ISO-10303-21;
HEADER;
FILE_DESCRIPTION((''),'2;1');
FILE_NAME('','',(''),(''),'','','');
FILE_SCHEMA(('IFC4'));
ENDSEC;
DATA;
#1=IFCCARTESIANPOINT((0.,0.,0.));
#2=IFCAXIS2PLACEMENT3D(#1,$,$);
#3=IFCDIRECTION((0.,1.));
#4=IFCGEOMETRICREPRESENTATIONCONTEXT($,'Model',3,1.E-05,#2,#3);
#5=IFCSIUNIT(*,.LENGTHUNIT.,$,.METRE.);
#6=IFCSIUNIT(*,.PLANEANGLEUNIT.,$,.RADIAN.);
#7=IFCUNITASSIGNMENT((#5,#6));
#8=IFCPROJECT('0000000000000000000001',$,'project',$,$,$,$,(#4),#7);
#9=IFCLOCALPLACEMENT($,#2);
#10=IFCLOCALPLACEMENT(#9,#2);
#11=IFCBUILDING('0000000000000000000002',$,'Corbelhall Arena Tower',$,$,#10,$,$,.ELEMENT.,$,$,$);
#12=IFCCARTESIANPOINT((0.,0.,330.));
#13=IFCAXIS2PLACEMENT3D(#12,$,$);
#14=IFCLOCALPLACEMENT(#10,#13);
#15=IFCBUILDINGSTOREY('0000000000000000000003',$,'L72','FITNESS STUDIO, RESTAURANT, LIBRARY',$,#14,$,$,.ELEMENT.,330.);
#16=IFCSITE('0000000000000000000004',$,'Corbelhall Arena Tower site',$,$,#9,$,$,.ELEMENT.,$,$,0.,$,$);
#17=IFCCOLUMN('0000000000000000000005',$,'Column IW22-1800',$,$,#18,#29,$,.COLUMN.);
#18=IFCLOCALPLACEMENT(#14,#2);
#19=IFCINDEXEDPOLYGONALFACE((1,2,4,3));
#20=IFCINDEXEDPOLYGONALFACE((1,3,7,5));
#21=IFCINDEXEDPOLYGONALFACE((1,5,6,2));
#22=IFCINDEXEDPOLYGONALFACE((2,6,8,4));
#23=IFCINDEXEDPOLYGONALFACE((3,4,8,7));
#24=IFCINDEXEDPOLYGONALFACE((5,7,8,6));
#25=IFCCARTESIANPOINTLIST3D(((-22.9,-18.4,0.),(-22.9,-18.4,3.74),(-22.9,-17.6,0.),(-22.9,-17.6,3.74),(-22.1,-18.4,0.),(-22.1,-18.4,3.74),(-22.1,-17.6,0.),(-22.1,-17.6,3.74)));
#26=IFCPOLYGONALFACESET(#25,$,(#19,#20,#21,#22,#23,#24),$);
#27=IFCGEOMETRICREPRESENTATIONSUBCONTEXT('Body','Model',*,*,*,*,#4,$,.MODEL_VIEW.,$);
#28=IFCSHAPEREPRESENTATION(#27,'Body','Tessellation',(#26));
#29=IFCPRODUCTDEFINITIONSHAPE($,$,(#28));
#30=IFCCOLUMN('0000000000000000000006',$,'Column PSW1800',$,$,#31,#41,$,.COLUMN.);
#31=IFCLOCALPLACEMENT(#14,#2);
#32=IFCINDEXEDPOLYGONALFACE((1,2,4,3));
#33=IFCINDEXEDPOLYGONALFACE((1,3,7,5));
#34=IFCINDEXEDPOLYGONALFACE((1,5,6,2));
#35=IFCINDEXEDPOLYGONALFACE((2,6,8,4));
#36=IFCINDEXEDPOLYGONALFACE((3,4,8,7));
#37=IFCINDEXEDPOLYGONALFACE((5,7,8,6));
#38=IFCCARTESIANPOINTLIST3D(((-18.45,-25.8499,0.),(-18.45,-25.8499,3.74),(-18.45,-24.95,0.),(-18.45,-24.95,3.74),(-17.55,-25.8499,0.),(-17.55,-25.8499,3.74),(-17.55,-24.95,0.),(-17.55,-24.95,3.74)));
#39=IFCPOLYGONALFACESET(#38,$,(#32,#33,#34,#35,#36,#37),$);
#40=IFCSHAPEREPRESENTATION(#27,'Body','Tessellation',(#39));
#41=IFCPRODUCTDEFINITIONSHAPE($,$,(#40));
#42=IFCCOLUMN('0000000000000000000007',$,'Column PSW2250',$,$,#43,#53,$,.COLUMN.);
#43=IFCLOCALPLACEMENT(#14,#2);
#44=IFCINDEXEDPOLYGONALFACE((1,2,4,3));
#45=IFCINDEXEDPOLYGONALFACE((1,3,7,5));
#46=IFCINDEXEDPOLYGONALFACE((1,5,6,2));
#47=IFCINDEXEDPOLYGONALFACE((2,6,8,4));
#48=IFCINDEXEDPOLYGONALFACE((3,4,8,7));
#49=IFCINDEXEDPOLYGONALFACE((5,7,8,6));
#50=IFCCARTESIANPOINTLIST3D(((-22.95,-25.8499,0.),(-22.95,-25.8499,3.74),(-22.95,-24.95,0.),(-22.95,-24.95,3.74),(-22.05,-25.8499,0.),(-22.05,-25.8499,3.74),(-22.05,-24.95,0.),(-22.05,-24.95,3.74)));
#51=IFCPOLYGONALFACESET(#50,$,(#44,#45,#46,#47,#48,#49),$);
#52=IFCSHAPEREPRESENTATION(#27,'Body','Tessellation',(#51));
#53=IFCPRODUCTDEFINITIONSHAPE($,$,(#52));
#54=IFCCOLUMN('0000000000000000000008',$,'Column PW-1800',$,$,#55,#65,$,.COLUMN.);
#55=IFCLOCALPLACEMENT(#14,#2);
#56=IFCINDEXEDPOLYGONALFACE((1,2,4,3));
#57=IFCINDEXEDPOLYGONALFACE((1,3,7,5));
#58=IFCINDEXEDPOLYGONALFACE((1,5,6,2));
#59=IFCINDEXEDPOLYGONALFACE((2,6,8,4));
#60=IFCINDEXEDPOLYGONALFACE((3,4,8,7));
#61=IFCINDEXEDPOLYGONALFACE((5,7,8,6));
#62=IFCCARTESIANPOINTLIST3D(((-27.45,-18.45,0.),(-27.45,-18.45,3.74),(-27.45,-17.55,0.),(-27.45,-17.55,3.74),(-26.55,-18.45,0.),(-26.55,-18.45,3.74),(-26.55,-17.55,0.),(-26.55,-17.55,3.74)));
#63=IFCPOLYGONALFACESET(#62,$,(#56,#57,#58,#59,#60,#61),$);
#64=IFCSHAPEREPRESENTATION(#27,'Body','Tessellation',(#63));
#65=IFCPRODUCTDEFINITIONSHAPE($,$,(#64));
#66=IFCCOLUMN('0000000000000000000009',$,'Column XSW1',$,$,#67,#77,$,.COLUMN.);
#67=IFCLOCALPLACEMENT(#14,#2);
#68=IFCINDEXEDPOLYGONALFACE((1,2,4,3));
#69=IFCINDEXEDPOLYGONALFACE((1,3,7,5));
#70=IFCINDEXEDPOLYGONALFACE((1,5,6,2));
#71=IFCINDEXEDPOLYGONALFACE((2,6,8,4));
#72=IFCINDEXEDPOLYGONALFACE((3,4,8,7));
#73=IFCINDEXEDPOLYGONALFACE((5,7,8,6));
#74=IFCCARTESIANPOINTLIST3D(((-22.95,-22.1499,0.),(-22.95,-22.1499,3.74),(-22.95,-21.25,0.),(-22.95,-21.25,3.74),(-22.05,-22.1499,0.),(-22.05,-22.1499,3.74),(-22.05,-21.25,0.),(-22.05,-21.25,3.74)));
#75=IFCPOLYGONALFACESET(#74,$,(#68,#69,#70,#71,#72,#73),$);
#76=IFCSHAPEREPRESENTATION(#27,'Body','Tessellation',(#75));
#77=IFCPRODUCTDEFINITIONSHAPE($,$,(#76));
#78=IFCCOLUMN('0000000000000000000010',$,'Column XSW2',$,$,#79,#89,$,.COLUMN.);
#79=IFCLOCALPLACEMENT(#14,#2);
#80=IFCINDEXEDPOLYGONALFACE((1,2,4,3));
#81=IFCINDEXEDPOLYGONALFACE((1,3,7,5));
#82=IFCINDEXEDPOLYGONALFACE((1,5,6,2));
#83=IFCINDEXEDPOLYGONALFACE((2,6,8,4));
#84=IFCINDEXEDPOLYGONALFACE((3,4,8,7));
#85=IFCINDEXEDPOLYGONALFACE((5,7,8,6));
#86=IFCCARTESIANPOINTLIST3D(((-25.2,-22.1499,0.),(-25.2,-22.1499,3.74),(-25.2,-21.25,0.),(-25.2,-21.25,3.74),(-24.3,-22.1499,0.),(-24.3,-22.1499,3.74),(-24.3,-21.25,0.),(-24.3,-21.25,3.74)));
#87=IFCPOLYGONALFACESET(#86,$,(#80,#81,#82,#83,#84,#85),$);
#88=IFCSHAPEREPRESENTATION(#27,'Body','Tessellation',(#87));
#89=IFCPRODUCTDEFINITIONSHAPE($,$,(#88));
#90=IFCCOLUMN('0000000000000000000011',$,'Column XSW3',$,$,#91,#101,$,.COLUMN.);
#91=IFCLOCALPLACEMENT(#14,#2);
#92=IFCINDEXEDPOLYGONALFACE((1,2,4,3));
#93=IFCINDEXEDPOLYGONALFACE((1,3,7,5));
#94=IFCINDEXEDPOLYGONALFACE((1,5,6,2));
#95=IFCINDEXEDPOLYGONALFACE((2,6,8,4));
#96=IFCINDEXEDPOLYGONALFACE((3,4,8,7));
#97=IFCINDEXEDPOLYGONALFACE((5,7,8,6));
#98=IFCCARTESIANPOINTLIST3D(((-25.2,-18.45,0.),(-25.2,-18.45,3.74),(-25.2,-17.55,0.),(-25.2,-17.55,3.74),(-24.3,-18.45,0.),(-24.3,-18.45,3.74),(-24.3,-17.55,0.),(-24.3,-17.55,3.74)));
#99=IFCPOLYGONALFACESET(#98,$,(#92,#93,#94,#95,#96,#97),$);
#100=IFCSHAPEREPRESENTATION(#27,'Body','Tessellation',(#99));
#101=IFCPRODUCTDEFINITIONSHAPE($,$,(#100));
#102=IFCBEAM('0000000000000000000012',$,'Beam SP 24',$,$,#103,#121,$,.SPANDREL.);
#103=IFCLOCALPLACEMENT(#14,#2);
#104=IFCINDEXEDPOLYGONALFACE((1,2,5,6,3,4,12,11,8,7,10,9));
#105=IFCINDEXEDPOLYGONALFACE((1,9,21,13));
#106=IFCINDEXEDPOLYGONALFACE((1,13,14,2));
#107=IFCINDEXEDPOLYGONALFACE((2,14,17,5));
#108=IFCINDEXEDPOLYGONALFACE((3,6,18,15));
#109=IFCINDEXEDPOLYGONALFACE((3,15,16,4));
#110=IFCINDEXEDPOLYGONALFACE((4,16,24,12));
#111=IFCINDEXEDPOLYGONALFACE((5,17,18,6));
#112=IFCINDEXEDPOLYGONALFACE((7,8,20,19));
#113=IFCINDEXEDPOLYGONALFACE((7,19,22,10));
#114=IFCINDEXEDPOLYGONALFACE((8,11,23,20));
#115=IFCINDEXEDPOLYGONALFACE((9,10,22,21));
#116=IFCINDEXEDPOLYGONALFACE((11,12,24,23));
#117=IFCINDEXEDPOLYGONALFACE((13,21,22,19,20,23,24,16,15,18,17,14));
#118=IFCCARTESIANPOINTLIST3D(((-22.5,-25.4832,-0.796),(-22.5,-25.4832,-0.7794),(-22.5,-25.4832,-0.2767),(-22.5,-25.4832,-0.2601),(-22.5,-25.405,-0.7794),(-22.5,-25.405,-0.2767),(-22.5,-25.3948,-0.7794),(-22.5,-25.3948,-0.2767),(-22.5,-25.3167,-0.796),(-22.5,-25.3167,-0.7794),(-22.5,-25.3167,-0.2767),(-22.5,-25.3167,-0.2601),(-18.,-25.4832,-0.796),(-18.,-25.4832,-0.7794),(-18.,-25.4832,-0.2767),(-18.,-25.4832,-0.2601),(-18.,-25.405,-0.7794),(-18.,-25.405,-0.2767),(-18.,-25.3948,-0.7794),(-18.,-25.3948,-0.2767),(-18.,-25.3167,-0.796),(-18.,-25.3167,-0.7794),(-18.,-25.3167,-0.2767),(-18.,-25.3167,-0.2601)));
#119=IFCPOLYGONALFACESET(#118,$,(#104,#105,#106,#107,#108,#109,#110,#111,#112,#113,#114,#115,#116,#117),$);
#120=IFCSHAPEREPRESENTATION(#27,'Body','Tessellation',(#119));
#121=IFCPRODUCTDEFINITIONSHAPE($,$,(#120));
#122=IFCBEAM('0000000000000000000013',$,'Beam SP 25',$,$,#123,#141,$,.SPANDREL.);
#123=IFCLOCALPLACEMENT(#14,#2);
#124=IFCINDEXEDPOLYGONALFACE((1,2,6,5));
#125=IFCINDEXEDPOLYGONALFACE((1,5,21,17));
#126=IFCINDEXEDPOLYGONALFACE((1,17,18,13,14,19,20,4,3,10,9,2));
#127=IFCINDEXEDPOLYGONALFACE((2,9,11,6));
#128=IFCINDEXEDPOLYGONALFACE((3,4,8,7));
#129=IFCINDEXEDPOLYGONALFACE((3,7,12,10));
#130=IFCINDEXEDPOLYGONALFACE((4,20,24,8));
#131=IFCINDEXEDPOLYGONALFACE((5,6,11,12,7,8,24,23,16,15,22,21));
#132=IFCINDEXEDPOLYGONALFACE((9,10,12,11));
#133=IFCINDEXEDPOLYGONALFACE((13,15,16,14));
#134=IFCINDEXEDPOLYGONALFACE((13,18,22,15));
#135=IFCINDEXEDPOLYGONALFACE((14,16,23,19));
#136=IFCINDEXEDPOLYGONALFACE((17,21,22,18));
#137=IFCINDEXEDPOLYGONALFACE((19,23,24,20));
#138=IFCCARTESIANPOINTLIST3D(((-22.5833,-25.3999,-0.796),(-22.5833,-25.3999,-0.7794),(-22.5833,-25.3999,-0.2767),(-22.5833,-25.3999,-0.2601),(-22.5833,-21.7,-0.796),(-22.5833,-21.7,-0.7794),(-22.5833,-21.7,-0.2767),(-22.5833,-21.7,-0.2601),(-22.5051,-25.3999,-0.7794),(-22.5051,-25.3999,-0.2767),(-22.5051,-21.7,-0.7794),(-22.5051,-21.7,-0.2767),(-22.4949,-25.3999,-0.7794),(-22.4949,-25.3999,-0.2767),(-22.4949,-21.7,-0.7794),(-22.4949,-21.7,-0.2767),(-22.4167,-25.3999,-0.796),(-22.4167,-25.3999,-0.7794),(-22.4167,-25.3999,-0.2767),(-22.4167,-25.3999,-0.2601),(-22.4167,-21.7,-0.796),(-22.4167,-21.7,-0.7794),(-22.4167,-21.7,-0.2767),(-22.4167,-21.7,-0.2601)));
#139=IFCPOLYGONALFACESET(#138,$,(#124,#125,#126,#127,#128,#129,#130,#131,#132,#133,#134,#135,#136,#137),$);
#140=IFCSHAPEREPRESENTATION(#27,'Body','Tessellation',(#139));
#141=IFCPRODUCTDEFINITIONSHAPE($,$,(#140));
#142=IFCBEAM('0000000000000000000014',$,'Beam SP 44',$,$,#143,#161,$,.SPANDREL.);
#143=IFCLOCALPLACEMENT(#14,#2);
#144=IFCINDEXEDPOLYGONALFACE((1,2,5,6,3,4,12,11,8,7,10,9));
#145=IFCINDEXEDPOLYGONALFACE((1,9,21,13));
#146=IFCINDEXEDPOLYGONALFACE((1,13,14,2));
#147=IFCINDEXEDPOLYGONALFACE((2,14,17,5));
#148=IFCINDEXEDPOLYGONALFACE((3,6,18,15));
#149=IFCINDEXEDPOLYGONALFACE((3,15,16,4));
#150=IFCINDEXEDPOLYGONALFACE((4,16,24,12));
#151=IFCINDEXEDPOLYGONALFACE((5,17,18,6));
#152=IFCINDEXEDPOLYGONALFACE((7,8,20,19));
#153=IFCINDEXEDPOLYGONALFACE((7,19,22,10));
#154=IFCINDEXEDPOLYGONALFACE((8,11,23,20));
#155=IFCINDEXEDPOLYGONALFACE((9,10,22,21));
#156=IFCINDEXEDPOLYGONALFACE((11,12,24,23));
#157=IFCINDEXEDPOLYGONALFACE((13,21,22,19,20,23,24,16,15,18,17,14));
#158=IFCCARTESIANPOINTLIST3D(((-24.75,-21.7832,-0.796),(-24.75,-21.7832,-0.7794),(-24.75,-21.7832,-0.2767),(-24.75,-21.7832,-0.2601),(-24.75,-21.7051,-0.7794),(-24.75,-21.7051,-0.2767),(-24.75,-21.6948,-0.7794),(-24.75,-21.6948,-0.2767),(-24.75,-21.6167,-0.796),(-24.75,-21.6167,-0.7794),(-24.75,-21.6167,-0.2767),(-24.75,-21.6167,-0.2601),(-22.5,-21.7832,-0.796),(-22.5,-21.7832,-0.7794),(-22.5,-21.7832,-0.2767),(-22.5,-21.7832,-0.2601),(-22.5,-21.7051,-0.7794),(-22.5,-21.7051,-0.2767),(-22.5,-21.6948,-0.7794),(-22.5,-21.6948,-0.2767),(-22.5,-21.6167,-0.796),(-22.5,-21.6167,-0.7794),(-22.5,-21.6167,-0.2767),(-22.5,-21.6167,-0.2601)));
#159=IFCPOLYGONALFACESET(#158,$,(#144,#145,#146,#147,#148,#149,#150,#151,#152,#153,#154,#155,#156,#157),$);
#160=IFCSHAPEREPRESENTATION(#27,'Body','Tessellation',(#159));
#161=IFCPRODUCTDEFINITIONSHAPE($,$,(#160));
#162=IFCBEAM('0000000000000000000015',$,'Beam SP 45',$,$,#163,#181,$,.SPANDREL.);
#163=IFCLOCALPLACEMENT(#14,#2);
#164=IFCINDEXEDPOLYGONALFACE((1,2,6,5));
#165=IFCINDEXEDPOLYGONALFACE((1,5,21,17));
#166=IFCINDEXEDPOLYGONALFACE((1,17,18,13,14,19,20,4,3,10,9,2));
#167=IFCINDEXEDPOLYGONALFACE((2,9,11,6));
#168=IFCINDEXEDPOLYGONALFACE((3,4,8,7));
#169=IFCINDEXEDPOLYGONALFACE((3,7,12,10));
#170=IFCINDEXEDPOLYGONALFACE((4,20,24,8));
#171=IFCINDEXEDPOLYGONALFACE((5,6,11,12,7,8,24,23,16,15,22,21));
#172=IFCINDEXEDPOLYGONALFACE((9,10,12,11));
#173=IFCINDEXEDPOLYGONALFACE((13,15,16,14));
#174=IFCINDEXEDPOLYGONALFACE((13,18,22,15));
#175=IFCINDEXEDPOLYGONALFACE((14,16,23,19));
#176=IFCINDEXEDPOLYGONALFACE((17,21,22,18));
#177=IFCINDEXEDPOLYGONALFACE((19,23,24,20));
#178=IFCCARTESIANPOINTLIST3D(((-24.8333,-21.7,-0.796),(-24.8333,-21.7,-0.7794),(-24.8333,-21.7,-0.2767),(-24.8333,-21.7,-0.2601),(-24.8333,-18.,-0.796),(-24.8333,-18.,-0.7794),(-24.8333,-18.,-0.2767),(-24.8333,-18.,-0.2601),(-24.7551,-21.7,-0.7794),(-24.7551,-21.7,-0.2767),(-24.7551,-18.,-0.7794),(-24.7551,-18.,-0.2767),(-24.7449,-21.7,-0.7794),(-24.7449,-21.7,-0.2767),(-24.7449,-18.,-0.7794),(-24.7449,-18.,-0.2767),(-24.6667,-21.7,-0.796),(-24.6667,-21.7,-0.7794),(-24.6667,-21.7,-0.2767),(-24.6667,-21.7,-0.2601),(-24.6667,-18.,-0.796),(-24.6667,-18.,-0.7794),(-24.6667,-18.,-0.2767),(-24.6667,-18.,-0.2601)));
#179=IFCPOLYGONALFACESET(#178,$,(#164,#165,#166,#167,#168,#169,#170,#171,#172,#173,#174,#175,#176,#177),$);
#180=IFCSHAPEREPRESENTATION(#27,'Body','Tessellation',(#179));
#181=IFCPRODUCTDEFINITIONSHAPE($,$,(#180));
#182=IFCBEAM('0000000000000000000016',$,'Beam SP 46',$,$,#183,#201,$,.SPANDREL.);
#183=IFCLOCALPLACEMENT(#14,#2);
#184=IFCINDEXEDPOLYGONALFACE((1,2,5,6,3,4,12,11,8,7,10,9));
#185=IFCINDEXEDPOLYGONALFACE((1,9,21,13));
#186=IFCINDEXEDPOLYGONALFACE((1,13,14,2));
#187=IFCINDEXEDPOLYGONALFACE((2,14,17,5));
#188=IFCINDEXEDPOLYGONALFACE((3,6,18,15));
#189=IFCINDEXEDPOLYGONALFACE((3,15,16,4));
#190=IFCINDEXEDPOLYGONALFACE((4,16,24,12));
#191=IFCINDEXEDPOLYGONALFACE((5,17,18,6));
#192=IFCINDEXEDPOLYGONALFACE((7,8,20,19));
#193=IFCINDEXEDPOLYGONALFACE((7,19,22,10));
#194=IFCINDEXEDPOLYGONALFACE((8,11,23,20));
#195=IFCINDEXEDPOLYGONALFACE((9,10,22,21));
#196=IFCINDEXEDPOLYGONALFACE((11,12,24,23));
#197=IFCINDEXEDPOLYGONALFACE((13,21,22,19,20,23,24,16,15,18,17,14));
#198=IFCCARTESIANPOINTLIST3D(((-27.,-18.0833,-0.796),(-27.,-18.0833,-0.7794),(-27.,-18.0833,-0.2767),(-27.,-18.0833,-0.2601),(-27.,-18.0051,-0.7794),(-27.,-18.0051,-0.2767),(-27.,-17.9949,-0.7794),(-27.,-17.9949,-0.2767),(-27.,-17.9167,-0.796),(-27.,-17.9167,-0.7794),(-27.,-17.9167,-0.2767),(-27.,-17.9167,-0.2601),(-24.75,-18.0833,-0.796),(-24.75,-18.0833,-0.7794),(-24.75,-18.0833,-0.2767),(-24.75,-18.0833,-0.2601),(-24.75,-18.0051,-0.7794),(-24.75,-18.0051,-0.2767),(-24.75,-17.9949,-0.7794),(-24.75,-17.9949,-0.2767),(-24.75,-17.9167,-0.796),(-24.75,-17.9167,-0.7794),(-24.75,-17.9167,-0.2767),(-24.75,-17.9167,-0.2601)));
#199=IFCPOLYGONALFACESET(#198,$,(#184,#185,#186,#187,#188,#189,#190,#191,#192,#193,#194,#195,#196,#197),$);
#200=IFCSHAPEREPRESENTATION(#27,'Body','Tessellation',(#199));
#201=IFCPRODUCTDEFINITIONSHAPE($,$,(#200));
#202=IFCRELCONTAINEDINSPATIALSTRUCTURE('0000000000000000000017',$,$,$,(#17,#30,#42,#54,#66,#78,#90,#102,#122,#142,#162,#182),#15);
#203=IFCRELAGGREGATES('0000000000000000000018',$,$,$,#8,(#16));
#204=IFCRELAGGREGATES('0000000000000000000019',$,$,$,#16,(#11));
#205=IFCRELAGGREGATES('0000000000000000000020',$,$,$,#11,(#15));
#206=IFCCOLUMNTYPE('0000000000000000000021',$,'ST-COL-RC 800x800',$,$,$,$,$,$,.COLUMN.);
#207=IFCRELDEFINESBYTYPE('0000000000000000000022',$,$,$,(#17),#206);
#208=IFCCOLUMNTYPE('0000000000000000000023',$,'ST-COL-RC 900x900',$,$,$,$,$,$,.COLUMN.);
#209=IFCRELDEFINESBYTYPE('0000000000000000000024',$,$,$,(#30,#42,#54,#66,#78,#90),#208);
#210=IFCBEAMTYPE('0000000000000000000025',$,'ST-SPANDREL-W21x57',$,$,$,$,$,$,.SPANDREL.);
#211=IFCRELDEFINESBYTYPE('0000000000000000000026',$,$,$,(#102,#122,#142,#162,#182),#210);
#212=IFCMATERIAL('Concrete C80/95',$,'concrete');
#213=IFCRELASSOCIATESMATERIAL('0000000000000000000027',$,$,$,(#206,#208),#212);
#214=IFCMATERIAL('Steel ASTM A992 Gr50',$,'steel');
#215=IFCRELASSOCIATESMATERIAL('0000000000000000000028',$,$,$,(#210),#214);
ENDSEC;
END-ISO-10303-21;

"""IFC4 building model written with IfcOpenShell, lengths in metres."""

from ifc_helpers import new_model, si_unit, direction, frame, origin, origin_2d, place, context, subcontext, project, spatial, rectangle, i_section, extrude, material, material_profile, profile_set, type_object, element, save


model = new_model("IFC4")

# Units and contexts
model_context = context("Model", 3, precision=1e-05, world=origin(), true_north=direction((0.0, 1.0)))
body_context = subcontext(model_context, "Body", "Model", "MODEL_VIEW")
ifc_project = project(units=[si_unit("LENGTHUNIT", "METRE"), si_unit("PLANEANGLEUNIT", "RADIAN")], contexts=[model_context])

# Site, building, storey
site_placement = place(None, origin())
site = spatial("IfcSite", under=ifc_project, at=site_placement, Name="Corbelhall Arena Tower site", CompositionType="ELEMENT", RefElevation=0.0)
building_placement = place(site_placement, origin())
building = spatial("IfcBuilding", under=site, at=building_placement, Name="Corbelhall Arena Tower", CompositionType="ELEMENT")
storey_placement = place(building_placement, frame((0.0, 0.0, 330.0)))
storey = spatial("IfcBuildingStorey", under=building, at=storey_placement, Name="L72", Description="FITNESS STUDIO, RESTAURANT, LIBRARY", CompositionType="ELEMENT", Elevation=330.0)

# Columns
ifc_material_1 = material(Name="Concrete C80/95", Category="concrete")
ifc_material_profile_1 = material_profile(ifc_material_1, rectangle(XDim=0.8, YDim=0.8, at=origin_2d()))
ifc_profile_set_1 = profile_set([ifc_material_profile_1], Name="Concrete C80/95")
column_type_1 = type_object("IfcColumnType", Name="ST-COL-RC 800x800", PredefinedType="COLUMN", material=ifc_profile_set_1)
column_placement = place(storey_placement, frame((-22.5, -18.0, 0.0), z_axis=(0.0, 0.0, 1.0), x_axis=(1.0, 0.0, 0.0)))
element("IfcColumn", 1, at=column_placement, inside=storey, type_object=column_type_1, Name="Column IW22-1800", PredefinedType="COLUMN", context=body_context, shape_type="SweptSolid", body=[
    extrude(rectangle(XDim=0.8, YDim=0.8, at=origin_2d()), origin(), (0.0, 0.0, 1.0), 3.74),
])
ifc_material_profile_2 = material_profile(ifc_material_1, rectangle(XDim=0.8999, YDim=0.8999, at=origin_2d()))
ifc_profile_set_2 = profile_set([ifc_material_profile_2], Name="Concrete C80/95")
column_type_2 = type_object("IfcColumnType", Name="ST-COL-RC 900x900", PredefinedType="COLUMN", material=ifc_profile_set_2)
for number, where, z_axis, x_axis, name in (
    (2, (-18.0, -25.3999, 0.0), (0.0, 0.0, 1.0), (1.0, 0.0, 0.0), "Column PSW1800"),
    (3, (-22.5, -25.3999, 0.0), (0.0, 0.0, 1.0), (1.0, 0.0, 0.0), "Column PSW2250"),
    (4, (-27.0, -18.0, 0.0), (0.0, 0.0, 1.0), (0.0, 1.0, 0.0), "Column PW-1800"),
    (5, (-22.5, -21.7, 0.0), (0.0, 0.0, 1.0), (1.0, 0.0, 0.0), "Column XSW1"),
    (6, (-24.75, -21.7, 0.0), (0.0, 0.0, 1.0), (1.0, 0.0, 0.0), "Column XSW2"),
    (7, (-24.75, -18.0, 0.0), (0.0, 0.0, 1.0), (1.0, 0.0, 0.0), "Column XSW3"),
):
    element("IfcColumn", number, at=place(storey_placement, frame(where, z_axis=z_axis, x_axis=x_axis)), inside=storey, type_object=column_type_2, Name=name, PredefinedType="COLUMN", context=body_context, shape_type="SweptSolid", body=[
        extrude(rectangle(XDim=0.8999, YDim=0.8999, at=origin_2d()), origin(), (0.0, 0.0, 1.0), 3.74),
    ])

# Beams
ifc_material_2 = material(Name="Steel ASTM A992 Gr50", Category="steel")
ifc_material_profile_3 = material_profile(ifc_material_2, i_section(OverallWidth=0.1665, OverallDepth=0.5359, WebThickness=0.0103, FlangeThickness=0.0166, at=origin_2d()))
ifc_profile_set_3 = profile_set([ifc_material_profile_3], Name="Steel ASTM A992 Gr50")
beam_type_1 = type_object("IfcBeamType", Name="ST-SPANDREL-W21x57", PredefinedType="SPANDREL", material=ifc_profile_set_3)
beam_1_placement = place(storey_placement, frame((-18.0, -25.3999, -0.5281), z_axis=(-1.0, 0.0, 0.0), x_axis=(0.0, -1.0, 0.0)))
element("IfcBeam", 8, at=beam_1_placement, inside=storey, type_object=beam_type_1, Name="Beam SP 24", PredefinedType="SPANDREL", context=body_context, shape_type="SweptSolid", body=[
    extrude(i_section(OverallWidth=0.1665, OverallDepth=0.5359, WebThickness=0.0103, FlangeThickness=0.0166, at=origin_2d()), origin(), (0.0, 0.0, 1.0), 4.5),
])
beam_2_placement = place(storey_placement, frame((-22.5, -25.3999, -0.5281), z_axis=(0.0, 1.0, 0.0), x_axis=(-1.0, 0.0, 0.0)))
element("IfcBeam", 9, at=beam_2_placement, inside=storey, type_object=beam_type_1, Name="Beam SP 25", PredefinedType="SPANDREL", context=body_context, shape_type="SweptSolid", body=[
    extrude(i_section(OverallWidth=0.1665, OverallDepth=0.5359, WebThickness=0.0103, FlangeThickness=0.0166, at=origin_2d()), origin(), (0.0, 0.0, 1.0), 3.7),
])
beam_3_placement = place(storey_placement, frame((-22.5, -21.7, -0.5281), z_axis=(-1.0, 0.0, 0.0), x_axis=(0.0, -1.0, 0.0)))
element("IfcBeam", 10, at=beam_3_placement, inside=storey, type_object=beam_type_1, Name="Beam SP 44", PredefinedType="SPANDREL", context=body_context, shape_type="SweptSolid", body=[
    extrude(i_section(OverallWidth=0.1665, OverallDepth=0.5359, WebThickness=0.0103, FlangeThickness=0.0166, at=origin_2d()), origin(), (0.0, 0.0, 1.0), 2.25),
])
beam_4_placement = place(storey_placement, frame((-24.75, -21.7, -0.5281), z_axis=(0.0, 1.0, 0.0), x_axis=(-1.0, 0.0, 0.0)))
element("IfcBeam", 11, at=beam_4_placement, inside=storey, type_object=beam_type_1, Name="Beam SP 45", PredefinedType="SPANDREL", context=body_context, shape_type="SweptSolid", body=[
    extrude(i_section(OverallWidth=0.1665, OverallDepth=0.5359, WebThickness=0.0103, FlangeThickness=0.0166, at=origin_2d()), origin(), (0.0, 0.0, 1.0), 3.7),
])
beam_5_placement = place(storey_placement, frame((-24.75, -18.0, -0.5281), z_axis=(-1.0, 0.0, 0.0), x_axis=(0.0, -1.0, 0.0)))
element("IfcBeam", 12, at=beam_5_placement, inside=storey, type_object=beam_type_1, Name="Beam SP 46", PredefinedType="SPANDREL", context=body_context, shape_type="SweptSolid", body=[
    extrude(i_section(OverallWidth=0.1665, OverallDepth=0.5359, WebThickness=0.0103, FlangeThickness=0.0166, at=origin_2d()), origin(), (0.0, 0.0, 1.0), 2.25),
])

save(model, "model.ifc")
